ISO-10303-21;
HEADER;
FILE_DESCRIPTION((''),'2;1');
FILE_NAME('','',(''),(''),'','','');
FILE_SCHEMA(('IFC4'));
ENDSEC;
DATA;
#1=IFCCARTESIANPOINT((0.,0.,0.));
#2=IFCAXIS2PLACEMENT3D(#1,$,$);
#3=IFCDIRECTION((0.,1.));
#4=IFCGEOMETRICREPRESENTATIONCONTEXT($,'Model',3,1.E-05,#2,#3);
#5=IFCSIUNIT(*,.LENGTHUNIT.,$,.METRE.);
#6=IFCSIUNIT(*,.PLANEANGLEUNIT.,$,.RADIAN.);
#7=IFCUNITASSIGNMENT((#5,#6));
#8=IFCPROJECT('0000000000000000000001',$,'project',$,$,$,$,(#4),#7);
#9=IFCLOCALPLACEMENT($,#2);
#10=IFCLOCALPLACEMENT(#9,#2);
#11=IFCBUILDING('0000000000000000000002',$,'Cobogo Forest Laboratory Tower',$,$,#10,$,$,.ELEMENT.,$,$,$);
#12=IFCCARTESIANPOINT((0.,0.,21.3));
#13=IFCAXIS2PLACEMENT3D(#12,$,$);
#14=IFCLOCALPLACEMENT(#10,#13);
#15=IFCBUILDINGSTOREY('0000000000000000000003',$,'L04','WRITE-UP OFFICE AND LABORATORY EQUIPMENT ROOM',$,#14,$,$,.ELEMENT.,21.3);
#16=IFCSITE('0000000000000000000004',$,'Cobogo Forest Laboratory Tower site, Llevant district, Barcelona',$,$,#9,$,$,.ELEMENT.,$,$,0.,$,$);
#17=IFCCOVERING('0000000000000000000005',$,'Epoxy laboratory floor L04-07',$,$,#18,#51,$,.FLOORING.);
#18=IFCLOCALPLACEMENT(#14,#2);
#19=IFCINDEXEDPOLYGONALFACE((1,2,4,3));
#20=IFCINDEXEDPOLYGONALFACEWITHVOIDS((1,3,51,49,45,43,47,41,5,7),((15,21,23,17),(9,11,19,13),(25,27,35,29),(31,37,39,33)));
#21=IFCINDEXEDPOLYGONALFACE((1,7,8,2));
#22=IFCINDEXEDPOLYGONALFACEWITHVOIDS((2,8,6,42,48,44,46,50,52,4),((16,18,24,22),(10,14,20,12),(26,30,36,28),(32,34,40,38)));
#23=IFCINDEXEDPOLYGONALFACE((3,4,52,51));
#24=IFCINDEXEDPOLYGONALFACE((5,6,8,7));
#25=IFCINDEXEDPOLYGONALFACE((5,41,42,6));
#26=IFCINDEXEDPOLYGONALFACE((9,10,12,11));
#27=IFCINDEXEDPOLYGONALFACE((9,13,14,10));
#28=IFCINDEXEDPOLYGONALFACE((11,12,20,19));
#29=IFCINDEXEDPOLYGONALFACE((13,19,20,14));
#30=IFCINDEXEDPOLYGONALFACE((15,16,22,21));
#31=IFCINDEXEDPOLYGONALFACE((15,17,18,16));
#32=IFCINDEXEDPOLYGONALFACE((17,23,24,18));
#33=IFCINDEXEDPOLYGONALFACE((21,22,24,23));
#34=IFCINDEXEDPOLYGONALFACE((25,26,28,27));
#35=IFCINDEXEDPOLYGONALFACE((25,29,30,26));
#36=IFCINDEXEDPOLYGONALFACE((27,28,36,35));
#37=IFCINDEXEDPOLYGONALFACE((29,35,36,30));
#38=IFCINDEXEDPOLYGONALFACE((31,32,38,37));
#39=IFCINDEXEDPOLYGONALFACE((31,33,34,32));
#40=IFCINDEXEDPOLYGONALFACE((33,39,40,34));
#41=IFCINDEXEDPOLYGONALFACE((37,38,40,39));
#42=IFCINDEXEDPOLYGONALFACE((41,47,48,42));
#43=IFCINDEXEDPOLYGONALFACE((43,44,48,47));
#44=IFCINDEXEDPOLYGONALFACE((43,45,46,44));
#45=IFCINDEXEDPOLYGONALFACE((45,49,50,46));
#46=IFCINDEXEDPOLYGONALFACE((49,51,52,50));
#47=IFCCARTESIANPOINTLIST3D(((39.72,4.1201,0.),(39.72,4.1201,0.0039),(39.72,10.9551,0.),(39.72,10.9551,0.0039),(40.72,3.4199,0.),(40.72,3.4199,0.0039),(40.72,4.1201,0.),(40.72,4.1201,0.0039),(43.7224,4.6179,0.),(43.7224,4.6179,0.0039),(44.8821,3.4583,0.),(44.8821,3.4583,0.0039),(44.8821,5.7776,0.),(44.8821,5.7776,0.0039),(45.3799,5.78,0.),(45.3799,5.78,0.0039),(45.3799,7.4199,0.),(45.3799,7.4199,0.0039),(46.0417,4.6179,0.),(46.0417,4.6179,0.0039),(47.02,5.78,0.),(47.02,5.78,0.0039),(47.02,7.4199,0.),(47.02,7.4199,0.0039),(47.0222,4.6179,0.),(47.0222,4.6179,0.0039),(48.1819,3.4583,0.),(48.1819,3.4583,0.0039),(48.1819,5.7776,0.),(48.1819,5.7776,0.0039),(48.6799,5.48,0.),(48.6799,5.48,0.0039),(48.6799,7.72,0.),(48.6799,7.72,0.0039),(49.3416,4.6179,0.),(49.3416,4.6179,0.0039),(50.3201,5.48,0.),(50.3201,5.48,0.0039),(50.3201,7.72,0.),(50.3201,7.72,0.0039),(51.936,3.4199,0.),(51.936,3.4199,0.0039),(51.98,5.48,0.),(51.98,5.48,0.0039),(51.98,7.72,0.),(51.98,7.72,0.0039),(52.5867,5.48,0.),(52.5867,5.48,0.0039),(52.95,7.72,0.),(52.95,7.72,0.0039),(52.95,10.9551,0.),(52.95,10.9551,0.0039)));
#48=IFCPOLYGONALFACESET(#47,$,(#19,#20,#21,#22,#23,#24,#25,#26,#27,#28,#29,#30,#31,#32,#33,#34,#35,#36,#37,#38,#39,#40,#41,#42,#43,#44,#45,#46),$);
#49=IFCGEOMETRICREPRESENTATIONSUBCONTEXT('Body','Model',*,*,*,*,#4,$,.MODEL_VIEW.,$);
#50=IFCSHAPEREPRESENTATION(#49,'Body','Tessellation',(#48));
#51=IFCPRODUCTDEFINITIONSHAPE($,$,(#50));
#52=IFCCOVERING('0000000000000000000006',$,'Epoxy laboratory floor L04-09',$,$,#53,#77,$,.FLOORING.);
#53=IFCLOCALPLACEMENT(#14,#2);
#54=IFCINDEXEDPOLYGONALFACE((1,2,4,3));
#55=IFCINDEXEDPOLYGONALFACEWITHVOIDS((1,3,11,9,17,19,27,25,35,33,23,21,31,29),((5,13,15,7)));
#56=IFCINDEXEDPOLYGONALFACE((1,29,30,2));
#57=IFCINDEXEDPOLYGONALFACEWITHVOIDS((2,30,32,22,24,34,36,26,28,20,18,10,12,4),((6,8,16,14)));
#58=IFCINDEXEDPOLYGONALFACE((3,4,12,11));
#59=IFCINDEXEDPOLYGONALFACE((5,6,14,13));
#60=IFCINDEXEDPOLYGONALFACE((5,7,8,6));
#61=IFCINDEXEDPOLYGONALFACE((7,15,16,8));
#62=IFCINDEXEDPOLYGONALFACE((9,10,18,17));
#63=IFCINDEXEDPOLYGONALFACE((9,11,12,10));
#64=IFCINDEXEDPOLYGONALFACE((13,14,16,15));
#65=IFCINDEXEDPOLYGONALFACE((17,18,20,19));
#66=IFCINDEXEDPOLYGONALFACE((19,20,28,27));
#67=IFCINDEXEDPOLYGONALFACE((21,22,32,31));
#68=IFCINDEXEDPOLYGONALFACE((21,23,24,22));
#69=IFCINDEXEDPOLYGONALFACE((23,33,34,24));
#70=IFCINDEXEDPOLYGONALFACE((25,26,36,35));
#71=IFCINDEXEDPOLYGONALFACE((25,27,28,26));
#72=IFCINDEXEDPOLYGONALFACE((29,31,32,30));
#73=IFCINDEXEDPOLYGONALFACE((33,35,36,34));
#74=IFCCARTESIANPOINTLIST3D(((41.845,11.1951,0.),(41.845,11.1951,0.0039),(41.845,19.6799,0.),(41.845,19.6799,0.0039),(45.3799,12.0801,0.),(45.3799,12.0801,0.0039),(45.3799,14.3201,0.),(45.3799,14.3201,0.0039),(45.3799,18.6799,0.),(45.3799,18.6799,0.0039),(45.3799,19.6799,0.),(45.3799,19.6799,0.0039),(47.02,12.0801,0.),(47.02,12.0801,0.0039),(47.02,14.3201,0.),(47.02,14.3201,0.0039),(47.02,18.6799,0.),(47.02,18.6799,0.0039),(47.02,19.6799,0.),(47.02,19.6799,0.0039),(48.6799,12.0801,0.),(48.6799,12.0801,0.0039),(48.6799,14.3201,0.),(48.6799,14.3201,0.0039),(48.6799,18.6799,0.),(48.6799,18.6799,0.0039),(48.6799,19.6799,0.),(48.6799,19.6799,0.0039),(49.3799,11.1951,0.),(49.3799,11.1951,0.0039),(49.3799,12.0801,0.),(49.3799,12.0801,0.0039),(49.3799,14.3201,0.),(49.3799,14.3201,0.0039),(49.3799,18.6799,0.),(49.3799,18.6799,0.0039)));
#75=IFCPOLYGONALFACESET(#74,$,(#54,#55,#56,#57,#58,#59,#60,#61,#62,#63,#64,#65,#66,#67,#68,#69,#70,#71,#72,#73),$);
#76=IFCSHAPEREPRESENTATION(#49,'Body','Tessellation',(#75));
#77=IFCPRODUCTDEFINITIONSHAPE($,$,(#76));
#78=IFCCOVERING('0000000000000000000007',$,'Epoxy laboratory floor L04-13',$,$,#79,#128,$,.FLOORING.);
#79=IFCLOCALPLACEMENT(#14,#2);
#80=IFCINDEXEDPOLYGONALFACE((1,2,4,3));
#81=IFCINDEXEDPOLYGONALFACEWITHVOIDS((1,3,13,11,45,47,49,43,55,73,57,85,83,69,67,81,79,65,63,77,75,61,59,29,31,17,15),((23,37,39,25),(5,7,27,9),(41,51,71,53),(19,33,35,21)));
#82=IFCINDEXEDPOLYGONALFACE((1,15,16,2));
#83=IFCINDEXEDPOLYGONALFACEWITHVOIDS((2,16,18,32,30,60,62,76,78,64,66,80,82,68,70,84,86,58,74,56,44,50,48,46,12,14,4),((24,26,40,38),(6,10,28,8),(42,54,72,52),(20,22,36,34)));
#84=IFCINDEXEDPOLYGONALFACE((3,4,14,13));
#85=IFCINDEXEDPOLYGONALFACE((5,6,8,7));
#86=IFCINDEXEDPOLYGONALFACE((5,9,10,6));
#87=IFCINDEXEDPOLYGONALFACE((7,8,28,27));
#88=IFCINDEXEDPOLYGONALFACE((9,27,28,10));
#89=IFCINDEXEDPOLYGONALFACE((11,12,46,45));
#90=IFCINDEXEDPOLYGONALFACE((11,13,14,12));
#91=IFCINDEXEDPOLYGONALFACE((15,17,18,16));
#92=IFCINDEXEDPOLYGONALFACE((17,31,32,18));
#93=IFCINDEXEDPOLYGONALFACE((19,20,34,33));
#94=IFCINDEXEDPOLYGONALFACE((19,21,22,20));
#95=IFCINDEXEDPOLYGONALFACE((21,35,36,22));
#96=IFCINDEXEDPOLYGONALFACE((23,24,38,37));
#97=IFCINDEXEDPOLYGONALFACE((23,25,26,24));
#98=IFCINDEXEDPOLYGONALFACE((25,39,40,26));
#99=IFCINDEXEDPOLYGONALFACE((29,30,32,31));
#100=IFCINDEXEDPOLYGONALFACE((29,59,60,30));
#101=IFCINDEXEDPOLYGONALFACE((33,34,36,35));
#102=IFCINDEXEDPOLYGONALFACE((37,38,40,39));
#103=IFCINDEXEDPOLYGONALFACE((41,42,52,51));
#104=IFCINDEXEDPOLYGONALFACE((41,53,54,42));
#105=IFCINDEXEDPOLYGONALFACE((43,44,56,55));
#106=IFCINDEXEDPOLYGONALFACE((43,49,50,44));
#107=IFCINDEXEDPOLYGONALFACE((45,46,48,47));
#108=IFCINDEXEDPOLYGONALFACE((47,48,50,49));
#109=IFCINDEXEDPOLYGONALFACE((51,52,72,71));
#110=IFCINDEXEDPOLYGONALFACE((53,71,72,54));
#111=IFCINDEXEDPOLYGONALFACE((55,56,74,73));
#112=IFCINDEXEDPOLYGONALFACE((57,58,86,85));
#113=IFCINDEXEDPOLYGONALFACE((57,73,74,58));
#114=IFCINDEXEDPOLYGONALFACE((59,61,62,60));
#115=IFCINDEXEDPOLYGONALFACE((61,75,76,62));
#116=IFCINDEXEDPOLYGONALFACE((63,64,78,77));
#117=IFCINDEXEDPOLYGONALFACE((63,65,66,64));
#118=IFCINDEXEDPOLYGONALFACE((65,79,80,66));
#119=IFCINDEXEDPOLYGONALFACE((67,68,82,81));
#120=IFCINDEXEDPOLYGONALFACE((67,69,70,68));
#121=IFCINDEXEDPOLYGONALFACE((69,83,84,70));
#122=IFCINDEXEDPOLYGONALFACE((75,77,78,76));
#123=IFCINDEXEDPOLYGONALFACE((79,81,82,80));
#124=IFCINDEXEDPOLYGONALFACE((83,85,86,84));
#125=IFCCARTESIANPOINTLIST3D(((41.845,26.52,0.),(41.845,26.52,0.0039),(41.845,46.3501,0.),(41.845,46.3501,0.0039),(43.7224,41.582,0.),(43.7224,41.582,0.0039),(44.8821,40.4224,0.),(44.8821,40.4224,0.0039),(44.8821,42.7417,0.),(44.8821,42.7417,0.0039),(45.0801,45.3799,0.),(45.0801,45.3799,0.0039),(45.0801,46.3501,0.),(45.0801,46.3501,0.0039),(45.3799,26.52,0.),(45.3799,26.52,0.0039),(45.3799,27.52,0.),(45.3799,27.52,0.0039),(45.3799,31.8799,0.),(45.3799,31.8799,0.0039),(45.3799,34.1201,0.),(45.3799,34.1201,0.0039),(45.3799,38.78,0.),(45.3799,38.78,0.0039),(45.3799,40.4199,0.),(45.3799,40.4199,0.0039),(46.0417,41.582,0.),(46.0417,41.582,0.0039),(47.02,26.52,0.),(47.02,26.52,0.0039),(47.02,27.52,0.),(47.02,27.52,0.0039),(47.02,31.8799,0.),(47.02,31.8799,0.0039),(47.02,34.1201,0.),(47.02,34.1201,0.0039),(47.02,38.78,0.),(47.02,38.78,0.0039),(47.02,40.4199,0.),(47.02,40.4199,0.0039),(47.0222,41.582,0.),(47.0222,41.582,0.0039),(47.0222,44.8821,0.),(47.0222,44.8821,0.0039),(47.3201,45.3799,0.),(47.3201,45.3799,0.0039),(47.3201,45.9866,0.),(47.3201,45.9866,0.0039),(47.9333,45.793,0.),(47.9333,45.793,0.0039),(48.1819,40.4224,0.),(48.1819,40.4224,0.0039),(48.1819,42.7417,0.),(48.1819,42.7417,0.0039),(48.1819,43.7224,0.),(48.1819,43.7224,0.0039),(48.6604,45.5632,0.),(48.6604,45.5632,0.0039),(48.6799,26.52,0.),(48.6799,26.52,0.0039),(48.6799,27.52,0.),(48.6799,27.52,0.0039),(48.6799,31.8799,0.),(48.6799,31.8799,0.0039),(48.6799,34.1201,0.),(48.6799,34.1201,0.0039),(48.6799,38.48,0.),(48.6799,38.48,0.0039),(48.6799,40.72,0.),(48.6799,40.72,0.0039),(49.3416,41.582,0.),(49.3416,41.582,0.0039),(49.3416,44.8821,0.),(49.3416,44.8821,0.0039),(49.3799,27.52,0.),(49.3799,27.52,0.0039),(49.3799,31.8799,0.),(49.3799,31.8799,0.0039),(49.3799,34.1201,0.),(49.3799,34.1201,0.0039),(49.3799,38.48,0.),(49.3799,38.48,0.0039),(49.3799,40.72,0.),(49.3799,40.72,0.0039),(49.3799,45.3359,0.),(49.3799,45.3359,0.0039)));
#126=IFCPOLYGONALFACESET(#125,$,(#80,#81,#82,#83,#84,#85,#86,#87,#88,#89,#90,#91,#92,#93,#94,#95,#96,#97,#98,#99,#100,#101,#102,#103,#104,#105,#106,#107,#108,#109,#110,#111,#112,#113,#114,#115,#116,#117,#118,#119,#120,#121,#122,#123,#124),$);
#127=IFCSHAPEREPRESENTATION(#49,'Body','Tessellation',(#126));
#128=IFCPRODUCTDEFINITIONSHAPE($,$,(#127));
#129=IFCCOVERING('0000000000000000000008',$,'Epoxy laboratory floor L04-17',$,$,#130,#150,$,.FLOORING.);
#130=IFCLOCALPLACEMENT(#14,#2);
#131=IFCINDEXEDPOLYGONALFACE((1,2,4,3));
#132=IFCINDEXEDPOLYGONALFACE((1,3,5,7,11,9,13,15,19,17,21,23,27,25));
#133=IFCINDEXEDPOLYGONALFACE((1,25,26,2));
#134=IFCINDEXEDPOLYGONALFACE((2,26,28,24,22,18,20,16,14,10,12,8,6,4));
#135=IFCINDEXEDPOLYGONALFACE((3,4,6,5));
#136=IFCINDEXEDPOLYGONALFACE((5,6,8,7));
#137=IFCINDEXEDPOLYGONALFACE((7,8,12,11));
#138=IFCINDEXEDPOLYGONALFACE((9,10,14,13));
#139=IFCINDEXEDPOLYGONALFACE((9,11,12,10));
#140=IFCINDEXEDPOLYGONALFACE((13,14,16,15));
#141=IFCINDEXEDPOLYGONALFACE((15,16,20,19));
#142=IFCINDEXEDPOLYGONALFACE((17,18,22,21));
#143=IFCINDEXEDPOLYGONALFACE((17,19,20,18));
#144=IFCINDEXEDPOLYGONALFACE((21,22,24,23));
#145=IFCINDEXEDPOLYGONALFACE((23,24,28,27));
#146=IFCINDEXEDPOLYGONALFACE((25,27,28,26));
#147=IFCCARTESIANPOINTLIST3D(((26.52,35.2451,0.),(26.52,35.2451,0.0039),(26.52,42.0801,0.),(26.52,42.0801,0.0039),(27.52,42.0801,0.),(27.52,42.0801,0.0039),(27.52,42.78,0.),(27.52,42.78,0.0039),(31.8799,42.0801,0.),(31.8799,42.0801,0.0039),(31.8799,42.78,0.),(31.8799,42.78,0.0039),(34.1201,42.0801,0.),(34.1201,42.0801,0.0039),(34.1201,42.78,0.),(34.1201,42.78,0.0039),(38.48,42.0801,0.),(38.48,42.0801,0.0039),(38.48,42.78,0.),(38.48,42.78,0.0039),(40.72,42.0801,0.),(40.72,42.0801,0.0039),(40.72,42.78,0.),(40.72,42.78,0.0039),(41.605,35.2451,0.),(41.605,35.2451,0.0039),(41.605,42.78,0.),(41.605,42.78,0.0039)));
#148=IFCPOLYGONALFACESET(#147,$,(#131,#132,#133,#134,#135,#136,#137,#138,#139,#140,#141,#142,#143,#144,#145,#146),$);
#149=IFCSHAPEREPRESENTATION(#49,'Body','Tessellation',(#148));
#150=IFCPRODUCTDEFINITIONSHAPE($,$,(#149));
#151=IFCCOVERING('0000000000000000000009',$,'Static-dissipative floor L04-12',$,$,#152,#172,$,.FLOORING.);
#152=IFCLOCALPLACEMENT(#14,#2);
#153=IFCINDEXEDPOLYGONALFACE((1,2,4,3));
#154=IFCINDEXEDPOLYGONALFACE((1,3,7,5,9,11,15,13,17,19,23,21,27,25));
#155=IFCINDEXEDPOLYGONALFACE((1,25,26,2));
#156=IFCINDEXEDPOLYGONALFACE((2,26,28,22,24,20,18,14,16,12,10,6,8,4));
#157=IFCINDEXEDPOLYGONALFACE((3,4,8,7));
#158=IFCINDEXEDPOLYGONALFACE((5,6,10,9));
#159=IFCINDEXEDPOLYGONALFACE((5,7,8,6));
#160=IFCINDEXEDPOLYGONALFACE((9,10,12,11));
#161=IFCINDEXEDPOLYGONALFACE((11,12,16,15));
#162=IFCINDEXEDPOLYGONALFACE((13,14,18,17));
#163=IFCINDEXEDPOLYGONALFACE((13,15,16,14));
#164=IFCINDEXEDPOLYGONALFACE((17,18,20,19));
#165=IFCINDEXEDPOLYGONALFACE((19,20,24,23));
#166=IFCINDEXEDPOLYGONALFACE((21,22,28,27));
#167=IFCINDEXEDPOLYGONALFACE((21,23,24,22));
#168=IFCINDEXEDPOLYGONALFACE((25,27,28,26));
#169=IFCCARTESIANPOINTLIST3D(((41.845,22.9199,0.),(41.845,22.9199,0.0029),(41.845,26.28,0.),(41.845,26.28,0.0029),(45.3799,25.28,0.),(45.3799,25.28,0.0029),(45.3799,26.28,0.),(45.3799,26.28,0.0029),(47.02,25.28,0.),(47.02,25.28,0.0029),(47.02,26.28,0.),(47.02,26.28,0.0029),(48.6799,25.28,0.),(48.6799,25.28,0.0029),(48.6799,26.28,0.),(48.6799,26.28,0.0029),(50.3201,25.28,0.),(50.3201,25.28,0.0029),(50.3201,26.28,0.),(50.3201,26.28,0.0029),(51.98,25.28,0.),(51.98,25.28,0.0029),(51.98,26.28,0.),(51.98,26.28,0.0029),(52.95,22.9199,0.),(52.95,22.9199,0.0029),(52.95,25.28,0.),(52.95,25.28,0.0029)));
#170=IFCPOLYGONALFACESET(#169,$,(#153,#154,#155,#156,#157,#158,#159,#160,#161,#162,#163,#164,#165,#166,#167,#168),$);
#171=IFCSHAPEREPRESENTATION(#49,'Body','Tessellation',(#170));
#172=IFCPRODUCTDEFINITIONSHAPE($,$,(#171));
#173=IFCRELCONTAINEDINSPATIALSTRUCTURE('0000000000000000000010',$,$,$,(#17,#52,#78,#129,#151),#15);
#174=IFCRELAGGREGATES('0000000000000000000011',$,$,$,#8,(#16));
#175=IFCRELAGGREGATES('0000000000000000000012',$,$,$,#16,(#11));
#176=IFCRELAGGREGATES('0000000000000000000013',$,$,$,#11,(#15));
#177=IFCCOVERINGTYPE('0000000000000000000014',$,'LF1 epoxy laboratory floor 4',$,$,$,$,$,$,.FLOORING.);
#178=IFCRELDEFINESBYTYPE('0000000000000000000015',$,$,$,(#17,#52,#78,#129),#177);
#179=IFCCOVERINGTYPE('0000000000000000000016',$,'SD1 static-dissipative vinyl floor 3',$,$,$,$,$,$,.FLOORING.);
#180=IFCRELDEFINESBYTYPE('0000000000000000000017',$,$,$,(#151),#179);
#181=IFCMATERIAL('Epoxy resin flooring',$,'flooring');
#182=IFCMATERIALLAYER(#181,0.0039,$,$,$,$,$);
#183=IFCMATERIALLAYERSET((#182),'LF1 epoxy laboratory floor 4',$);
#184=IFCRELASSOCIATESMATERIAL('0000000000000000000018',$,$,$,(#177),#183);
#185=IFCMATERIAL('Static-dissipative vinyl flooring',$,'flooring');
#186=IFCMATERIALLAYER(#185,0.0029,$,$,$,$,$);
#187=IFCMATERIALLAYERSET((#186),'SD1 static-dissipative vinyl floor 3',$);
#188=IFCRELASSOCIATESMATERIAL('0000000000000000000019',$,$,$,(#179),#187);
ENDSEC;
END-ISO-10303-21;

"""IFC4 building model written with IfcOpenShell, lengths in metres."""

from ifc_helpers import new_model, si_unit, direction, frame, origin, place, context, subcontext, project, spatial, polyline, outline, extrude, material, layer, layer_set, type_object, element, save


model = new_model("IFC4")

# Units and contexts
model_context = context("Model", 3, precision=1e-05, world=origin(), true_north=direction((0.0, 1.0)))
body_context = subcontext(model_context, "Body", "Model", "MODEL_VIEW")
ifc_project = project(units=[si_unit("LENGTHUNIT", "METRE"), si_unit("PLANEANGLEUNIT", "RADIAN")], contexts=[model_context])

# Site, building, storey
site_placement = place(None, origin())
site = spatial("IfcSite", under=ifc_project, at=site_placement, Name="Cobogo Forest Laboratory Tower site, Llevant district, Barcelona", CompositionType="ELEMENT", RefElevation=0.0)
building_placement = place(site_placement, origin())
building = spatial("IfcBuilding", under=site, at=building_placement, Name="Cobogo Forest Laboratory Tower", CompositionType="ELEMENT")
storey_placement = place(building_placement, frame((0.0, 0.0, 21.3)))
storey = spatial("IfcBuildingStorey", under=building, at=storey_placement, Name="L04", Description="WRITE-UP OFFICE AND LABORATORY EQUIPMENT ROOM", CompositionType="ELEMENT", Elevation=21.3)

# Coverings
ifc_material_1 = material(Name="Epoxy resin flooring", Category="flooring")
ifc_layer_1 = layer(ifc_material_1, 0.0039)
ifc_layer_set_1 = layer_set([ifc_layer_1], Name="LF1 epoxy laboratory floor 4")
covering_type_1 = type_object("IfcCoveringType", Name="LF1 epoxy laboratory floor 4", PredefinedType="FLOORING", material=ifc_layer_set_1)
covering_1_placement = place(storey_placement, origin())
element("IfcCovering", 1, at=covering_1_placement, inside=storey, type_object=covering_type_1, Name="Epoxy laboratory floor L04-07", PredefinedType="FLOORING", context=body_context, shape_type="SweptSolid", body=[
    extrude(outline(polyline([(39.72, 10.9551), (52.95, 10.9551), (52.95, 7.72), (51.98, 7.72), (51.98, 5.48), (52.5867, 5.48), (51.936, 3.4199), (40.72, 3.4199), (40.72, 4.1201), (39.72, 4.1201), (39.72, 10.9551)]), holes=[polyline([(48.6799, 5.48), (50.3201, 5.48), (50.3201, 7.72), (48.6799, 7.72), (48.6799, 5.48)]), polyline([(48.1819, 5.7776), (47.0222, 4.6179), (48.1819, 3.4583), (49.3416, 4.6179), (48.1819, 5.7776)]), polyline([(45.3799, 7.4199), (45.3799, 5.78), (47.02, 5.78), (47.02, 7.4199), (45.3799, 7.4199)]), polyline([(44.8821, 5.7776), (43.7224, 4.6179), (44.8821, 3.4583), (46.0417, 4.6179), (44.8821, 5.7776)])]), origin(), (0.0, 0.0, 1.0), 0.0039),
])
covering_2_placement = place(storey_placement, origin())
element("IfcCovering", 2, at=covering_2_placement, inside=storey, type_object=covering_type_1, Name="Epoxy laboratory floor L04-09", PredefinedType="FLOORING", context=body_context, shape_type="SweptSolid", body=[
    extrude(outline(polyline([(41.845, 19.6799), (45.3799, 19.6799), (45.3799, 18.6799), (47.02, 18.6799), (47.02, 19.6799), (48.6799, 19.6799), (48.6799, 18.6799), (49.3799, 18.6799), (49.3799, 14.3201), (48.6799, 14.3201), (48.6799, 12.0801), (49.3799, 12.0801), (49.3799, 11.1951), (41.845, 11.1951), (41.845, 19.6799)]), holes=[polyline([(45.3799, 12.0801), (47.02, 12.0801), (47.02, 14.3201), (45.3799, 14.3201), (45.3799, 12.0801)])]), origin(), (0.0, 0.0, 1.0), 0.0039),
])
covering_3_placement = place(storey_placement, origin())
element("IfcCovering", 3, at=covering_3_placement, inside=storey, type_object=covering_type_1, Name="Epoxy laboratory floor L04-13", PredefinedType="FLOORING", context=body_context, shape_type="SweptSolid", body=[
    extrude(outline(polyline([(47.02, 26.52), (47.02, 27.52), (45.3799, 27.52), (45.3799, 26.52), (41.845, 26.52), (41.845, 46.3501), (45.0801, 46.3501), (45.0801, 45.3799), (47.3201, 45.3799), (47.3201, 45.9866), (47.9333, 45.793), (47.0222, 44.8821), (48.1819, 43.7224), (49.3416, 44.8821), (48.6604, 45.5632), (49.3799, 45.3359), (49.3799, 40.72), (48.6799, 40.72), (48.6799, 38.48), (49.3799, 38.48), (49.3799, 34.1201), (48.6799, 34.1201), (48.6799, 31.8799), (49.3799, 31.8799), (49.3799, 27.52), (48.6799, 27.52), (48.6799, 26.52), (47.02, 26.52)]), holes=[polyline([(47.0222, 41.582), (48.1819, 40.4224), (49.3416, 41.582), (48.1819, 42.7417), (47.0222, 41.582)]), polyline([(45.3799, 31.8799), (47.02, 31.8799), (47.02, 34.1201), (45.3799, 34.1201), (45.3799, 31.8799)]), polyline([(47.02, 40.4199), (45.3799, 40.4199), (45.3799, 38.78), (47.02, 38.78), (47.02, 40.4199)]), polyline([(43.7224, 41.582), (44.8821, 40.4224), (46.0417, 41.582), (44.8821, 42.7417), (43.7224, 41.582)])]), origin(), (0.0, 0.0, 1.0), 0.0039),
])
covering_4_placement = place(storey_placement, origin())
element("IfcCovering", 4, at=covering_4_placement, inside=storey, type_object=covering_type_1, Name="Epoxy laboratory floor L04-17", PredefinedType="FLOORING", context=body_context, shape_type="SweptSolid", body=[
    extrude(outline(polyline([(26.52, 42.0801), (27.52, 42.0801), (27.52, 42.78), (31.8799, 42.78), (31.8799, 42.0801), (34.1201, 42.0801), (34.1201, 42.78), (38.48, 42.78), (38.48, 42.0801), (40.72, 42.0801), (40.72, 42.78), (41.605, 42.78), (41.605, 35.2451), (26.52, 35.2451), (26.52, 42.0801)])), origin(), (0.0, 0.0, 1.0), 0.0039),
])
ifc_material_2 = material(Name="Static-dissipative vinyl flooring", Category="flooring")
ifc_layer_2 = layer(ifc_material_2, 0.0029)
ifc_layer_set_2 = layer_set([ifc_layer_2], Name="SD1 static-dissipative vinyl floor 3")
covering_type_2 = type_object("IfcCoveringType", Name="SD1 static-dissipative vinyl floor 3", PredefinedType="FLOORING", material=ifc_layer_set_2)
covering_5_placement = place(storey_placement, origin())
element("IfcCovering", 5, at=covering_5_placement, inside=storey, type_object=covering_type_2, Name="Static-dissipative floor L04-12", PredefinedType="FLOORING", context=body_context, shape_type="SweptSolid", body=[
    extrude(outline(polyline([(41.845, 26.28), (45.3799, 26.28), (45.3799, 25.28), (47.02, 25.28), (47.02, 26.28), (48.6799, 26.28), (48.6799, 25.28), (50.3201, 25.28), (50.3201, 26.28), (51.98, 26.28), (51.98, 25.28), (52.95, 25.28), (52.95, 22.9199), (41.845, 22.9199), (41.845, 26.28)])), origin(), (0.0, 0.0, 1.0), 0.0029),
])

save(model, "model.ifc")
